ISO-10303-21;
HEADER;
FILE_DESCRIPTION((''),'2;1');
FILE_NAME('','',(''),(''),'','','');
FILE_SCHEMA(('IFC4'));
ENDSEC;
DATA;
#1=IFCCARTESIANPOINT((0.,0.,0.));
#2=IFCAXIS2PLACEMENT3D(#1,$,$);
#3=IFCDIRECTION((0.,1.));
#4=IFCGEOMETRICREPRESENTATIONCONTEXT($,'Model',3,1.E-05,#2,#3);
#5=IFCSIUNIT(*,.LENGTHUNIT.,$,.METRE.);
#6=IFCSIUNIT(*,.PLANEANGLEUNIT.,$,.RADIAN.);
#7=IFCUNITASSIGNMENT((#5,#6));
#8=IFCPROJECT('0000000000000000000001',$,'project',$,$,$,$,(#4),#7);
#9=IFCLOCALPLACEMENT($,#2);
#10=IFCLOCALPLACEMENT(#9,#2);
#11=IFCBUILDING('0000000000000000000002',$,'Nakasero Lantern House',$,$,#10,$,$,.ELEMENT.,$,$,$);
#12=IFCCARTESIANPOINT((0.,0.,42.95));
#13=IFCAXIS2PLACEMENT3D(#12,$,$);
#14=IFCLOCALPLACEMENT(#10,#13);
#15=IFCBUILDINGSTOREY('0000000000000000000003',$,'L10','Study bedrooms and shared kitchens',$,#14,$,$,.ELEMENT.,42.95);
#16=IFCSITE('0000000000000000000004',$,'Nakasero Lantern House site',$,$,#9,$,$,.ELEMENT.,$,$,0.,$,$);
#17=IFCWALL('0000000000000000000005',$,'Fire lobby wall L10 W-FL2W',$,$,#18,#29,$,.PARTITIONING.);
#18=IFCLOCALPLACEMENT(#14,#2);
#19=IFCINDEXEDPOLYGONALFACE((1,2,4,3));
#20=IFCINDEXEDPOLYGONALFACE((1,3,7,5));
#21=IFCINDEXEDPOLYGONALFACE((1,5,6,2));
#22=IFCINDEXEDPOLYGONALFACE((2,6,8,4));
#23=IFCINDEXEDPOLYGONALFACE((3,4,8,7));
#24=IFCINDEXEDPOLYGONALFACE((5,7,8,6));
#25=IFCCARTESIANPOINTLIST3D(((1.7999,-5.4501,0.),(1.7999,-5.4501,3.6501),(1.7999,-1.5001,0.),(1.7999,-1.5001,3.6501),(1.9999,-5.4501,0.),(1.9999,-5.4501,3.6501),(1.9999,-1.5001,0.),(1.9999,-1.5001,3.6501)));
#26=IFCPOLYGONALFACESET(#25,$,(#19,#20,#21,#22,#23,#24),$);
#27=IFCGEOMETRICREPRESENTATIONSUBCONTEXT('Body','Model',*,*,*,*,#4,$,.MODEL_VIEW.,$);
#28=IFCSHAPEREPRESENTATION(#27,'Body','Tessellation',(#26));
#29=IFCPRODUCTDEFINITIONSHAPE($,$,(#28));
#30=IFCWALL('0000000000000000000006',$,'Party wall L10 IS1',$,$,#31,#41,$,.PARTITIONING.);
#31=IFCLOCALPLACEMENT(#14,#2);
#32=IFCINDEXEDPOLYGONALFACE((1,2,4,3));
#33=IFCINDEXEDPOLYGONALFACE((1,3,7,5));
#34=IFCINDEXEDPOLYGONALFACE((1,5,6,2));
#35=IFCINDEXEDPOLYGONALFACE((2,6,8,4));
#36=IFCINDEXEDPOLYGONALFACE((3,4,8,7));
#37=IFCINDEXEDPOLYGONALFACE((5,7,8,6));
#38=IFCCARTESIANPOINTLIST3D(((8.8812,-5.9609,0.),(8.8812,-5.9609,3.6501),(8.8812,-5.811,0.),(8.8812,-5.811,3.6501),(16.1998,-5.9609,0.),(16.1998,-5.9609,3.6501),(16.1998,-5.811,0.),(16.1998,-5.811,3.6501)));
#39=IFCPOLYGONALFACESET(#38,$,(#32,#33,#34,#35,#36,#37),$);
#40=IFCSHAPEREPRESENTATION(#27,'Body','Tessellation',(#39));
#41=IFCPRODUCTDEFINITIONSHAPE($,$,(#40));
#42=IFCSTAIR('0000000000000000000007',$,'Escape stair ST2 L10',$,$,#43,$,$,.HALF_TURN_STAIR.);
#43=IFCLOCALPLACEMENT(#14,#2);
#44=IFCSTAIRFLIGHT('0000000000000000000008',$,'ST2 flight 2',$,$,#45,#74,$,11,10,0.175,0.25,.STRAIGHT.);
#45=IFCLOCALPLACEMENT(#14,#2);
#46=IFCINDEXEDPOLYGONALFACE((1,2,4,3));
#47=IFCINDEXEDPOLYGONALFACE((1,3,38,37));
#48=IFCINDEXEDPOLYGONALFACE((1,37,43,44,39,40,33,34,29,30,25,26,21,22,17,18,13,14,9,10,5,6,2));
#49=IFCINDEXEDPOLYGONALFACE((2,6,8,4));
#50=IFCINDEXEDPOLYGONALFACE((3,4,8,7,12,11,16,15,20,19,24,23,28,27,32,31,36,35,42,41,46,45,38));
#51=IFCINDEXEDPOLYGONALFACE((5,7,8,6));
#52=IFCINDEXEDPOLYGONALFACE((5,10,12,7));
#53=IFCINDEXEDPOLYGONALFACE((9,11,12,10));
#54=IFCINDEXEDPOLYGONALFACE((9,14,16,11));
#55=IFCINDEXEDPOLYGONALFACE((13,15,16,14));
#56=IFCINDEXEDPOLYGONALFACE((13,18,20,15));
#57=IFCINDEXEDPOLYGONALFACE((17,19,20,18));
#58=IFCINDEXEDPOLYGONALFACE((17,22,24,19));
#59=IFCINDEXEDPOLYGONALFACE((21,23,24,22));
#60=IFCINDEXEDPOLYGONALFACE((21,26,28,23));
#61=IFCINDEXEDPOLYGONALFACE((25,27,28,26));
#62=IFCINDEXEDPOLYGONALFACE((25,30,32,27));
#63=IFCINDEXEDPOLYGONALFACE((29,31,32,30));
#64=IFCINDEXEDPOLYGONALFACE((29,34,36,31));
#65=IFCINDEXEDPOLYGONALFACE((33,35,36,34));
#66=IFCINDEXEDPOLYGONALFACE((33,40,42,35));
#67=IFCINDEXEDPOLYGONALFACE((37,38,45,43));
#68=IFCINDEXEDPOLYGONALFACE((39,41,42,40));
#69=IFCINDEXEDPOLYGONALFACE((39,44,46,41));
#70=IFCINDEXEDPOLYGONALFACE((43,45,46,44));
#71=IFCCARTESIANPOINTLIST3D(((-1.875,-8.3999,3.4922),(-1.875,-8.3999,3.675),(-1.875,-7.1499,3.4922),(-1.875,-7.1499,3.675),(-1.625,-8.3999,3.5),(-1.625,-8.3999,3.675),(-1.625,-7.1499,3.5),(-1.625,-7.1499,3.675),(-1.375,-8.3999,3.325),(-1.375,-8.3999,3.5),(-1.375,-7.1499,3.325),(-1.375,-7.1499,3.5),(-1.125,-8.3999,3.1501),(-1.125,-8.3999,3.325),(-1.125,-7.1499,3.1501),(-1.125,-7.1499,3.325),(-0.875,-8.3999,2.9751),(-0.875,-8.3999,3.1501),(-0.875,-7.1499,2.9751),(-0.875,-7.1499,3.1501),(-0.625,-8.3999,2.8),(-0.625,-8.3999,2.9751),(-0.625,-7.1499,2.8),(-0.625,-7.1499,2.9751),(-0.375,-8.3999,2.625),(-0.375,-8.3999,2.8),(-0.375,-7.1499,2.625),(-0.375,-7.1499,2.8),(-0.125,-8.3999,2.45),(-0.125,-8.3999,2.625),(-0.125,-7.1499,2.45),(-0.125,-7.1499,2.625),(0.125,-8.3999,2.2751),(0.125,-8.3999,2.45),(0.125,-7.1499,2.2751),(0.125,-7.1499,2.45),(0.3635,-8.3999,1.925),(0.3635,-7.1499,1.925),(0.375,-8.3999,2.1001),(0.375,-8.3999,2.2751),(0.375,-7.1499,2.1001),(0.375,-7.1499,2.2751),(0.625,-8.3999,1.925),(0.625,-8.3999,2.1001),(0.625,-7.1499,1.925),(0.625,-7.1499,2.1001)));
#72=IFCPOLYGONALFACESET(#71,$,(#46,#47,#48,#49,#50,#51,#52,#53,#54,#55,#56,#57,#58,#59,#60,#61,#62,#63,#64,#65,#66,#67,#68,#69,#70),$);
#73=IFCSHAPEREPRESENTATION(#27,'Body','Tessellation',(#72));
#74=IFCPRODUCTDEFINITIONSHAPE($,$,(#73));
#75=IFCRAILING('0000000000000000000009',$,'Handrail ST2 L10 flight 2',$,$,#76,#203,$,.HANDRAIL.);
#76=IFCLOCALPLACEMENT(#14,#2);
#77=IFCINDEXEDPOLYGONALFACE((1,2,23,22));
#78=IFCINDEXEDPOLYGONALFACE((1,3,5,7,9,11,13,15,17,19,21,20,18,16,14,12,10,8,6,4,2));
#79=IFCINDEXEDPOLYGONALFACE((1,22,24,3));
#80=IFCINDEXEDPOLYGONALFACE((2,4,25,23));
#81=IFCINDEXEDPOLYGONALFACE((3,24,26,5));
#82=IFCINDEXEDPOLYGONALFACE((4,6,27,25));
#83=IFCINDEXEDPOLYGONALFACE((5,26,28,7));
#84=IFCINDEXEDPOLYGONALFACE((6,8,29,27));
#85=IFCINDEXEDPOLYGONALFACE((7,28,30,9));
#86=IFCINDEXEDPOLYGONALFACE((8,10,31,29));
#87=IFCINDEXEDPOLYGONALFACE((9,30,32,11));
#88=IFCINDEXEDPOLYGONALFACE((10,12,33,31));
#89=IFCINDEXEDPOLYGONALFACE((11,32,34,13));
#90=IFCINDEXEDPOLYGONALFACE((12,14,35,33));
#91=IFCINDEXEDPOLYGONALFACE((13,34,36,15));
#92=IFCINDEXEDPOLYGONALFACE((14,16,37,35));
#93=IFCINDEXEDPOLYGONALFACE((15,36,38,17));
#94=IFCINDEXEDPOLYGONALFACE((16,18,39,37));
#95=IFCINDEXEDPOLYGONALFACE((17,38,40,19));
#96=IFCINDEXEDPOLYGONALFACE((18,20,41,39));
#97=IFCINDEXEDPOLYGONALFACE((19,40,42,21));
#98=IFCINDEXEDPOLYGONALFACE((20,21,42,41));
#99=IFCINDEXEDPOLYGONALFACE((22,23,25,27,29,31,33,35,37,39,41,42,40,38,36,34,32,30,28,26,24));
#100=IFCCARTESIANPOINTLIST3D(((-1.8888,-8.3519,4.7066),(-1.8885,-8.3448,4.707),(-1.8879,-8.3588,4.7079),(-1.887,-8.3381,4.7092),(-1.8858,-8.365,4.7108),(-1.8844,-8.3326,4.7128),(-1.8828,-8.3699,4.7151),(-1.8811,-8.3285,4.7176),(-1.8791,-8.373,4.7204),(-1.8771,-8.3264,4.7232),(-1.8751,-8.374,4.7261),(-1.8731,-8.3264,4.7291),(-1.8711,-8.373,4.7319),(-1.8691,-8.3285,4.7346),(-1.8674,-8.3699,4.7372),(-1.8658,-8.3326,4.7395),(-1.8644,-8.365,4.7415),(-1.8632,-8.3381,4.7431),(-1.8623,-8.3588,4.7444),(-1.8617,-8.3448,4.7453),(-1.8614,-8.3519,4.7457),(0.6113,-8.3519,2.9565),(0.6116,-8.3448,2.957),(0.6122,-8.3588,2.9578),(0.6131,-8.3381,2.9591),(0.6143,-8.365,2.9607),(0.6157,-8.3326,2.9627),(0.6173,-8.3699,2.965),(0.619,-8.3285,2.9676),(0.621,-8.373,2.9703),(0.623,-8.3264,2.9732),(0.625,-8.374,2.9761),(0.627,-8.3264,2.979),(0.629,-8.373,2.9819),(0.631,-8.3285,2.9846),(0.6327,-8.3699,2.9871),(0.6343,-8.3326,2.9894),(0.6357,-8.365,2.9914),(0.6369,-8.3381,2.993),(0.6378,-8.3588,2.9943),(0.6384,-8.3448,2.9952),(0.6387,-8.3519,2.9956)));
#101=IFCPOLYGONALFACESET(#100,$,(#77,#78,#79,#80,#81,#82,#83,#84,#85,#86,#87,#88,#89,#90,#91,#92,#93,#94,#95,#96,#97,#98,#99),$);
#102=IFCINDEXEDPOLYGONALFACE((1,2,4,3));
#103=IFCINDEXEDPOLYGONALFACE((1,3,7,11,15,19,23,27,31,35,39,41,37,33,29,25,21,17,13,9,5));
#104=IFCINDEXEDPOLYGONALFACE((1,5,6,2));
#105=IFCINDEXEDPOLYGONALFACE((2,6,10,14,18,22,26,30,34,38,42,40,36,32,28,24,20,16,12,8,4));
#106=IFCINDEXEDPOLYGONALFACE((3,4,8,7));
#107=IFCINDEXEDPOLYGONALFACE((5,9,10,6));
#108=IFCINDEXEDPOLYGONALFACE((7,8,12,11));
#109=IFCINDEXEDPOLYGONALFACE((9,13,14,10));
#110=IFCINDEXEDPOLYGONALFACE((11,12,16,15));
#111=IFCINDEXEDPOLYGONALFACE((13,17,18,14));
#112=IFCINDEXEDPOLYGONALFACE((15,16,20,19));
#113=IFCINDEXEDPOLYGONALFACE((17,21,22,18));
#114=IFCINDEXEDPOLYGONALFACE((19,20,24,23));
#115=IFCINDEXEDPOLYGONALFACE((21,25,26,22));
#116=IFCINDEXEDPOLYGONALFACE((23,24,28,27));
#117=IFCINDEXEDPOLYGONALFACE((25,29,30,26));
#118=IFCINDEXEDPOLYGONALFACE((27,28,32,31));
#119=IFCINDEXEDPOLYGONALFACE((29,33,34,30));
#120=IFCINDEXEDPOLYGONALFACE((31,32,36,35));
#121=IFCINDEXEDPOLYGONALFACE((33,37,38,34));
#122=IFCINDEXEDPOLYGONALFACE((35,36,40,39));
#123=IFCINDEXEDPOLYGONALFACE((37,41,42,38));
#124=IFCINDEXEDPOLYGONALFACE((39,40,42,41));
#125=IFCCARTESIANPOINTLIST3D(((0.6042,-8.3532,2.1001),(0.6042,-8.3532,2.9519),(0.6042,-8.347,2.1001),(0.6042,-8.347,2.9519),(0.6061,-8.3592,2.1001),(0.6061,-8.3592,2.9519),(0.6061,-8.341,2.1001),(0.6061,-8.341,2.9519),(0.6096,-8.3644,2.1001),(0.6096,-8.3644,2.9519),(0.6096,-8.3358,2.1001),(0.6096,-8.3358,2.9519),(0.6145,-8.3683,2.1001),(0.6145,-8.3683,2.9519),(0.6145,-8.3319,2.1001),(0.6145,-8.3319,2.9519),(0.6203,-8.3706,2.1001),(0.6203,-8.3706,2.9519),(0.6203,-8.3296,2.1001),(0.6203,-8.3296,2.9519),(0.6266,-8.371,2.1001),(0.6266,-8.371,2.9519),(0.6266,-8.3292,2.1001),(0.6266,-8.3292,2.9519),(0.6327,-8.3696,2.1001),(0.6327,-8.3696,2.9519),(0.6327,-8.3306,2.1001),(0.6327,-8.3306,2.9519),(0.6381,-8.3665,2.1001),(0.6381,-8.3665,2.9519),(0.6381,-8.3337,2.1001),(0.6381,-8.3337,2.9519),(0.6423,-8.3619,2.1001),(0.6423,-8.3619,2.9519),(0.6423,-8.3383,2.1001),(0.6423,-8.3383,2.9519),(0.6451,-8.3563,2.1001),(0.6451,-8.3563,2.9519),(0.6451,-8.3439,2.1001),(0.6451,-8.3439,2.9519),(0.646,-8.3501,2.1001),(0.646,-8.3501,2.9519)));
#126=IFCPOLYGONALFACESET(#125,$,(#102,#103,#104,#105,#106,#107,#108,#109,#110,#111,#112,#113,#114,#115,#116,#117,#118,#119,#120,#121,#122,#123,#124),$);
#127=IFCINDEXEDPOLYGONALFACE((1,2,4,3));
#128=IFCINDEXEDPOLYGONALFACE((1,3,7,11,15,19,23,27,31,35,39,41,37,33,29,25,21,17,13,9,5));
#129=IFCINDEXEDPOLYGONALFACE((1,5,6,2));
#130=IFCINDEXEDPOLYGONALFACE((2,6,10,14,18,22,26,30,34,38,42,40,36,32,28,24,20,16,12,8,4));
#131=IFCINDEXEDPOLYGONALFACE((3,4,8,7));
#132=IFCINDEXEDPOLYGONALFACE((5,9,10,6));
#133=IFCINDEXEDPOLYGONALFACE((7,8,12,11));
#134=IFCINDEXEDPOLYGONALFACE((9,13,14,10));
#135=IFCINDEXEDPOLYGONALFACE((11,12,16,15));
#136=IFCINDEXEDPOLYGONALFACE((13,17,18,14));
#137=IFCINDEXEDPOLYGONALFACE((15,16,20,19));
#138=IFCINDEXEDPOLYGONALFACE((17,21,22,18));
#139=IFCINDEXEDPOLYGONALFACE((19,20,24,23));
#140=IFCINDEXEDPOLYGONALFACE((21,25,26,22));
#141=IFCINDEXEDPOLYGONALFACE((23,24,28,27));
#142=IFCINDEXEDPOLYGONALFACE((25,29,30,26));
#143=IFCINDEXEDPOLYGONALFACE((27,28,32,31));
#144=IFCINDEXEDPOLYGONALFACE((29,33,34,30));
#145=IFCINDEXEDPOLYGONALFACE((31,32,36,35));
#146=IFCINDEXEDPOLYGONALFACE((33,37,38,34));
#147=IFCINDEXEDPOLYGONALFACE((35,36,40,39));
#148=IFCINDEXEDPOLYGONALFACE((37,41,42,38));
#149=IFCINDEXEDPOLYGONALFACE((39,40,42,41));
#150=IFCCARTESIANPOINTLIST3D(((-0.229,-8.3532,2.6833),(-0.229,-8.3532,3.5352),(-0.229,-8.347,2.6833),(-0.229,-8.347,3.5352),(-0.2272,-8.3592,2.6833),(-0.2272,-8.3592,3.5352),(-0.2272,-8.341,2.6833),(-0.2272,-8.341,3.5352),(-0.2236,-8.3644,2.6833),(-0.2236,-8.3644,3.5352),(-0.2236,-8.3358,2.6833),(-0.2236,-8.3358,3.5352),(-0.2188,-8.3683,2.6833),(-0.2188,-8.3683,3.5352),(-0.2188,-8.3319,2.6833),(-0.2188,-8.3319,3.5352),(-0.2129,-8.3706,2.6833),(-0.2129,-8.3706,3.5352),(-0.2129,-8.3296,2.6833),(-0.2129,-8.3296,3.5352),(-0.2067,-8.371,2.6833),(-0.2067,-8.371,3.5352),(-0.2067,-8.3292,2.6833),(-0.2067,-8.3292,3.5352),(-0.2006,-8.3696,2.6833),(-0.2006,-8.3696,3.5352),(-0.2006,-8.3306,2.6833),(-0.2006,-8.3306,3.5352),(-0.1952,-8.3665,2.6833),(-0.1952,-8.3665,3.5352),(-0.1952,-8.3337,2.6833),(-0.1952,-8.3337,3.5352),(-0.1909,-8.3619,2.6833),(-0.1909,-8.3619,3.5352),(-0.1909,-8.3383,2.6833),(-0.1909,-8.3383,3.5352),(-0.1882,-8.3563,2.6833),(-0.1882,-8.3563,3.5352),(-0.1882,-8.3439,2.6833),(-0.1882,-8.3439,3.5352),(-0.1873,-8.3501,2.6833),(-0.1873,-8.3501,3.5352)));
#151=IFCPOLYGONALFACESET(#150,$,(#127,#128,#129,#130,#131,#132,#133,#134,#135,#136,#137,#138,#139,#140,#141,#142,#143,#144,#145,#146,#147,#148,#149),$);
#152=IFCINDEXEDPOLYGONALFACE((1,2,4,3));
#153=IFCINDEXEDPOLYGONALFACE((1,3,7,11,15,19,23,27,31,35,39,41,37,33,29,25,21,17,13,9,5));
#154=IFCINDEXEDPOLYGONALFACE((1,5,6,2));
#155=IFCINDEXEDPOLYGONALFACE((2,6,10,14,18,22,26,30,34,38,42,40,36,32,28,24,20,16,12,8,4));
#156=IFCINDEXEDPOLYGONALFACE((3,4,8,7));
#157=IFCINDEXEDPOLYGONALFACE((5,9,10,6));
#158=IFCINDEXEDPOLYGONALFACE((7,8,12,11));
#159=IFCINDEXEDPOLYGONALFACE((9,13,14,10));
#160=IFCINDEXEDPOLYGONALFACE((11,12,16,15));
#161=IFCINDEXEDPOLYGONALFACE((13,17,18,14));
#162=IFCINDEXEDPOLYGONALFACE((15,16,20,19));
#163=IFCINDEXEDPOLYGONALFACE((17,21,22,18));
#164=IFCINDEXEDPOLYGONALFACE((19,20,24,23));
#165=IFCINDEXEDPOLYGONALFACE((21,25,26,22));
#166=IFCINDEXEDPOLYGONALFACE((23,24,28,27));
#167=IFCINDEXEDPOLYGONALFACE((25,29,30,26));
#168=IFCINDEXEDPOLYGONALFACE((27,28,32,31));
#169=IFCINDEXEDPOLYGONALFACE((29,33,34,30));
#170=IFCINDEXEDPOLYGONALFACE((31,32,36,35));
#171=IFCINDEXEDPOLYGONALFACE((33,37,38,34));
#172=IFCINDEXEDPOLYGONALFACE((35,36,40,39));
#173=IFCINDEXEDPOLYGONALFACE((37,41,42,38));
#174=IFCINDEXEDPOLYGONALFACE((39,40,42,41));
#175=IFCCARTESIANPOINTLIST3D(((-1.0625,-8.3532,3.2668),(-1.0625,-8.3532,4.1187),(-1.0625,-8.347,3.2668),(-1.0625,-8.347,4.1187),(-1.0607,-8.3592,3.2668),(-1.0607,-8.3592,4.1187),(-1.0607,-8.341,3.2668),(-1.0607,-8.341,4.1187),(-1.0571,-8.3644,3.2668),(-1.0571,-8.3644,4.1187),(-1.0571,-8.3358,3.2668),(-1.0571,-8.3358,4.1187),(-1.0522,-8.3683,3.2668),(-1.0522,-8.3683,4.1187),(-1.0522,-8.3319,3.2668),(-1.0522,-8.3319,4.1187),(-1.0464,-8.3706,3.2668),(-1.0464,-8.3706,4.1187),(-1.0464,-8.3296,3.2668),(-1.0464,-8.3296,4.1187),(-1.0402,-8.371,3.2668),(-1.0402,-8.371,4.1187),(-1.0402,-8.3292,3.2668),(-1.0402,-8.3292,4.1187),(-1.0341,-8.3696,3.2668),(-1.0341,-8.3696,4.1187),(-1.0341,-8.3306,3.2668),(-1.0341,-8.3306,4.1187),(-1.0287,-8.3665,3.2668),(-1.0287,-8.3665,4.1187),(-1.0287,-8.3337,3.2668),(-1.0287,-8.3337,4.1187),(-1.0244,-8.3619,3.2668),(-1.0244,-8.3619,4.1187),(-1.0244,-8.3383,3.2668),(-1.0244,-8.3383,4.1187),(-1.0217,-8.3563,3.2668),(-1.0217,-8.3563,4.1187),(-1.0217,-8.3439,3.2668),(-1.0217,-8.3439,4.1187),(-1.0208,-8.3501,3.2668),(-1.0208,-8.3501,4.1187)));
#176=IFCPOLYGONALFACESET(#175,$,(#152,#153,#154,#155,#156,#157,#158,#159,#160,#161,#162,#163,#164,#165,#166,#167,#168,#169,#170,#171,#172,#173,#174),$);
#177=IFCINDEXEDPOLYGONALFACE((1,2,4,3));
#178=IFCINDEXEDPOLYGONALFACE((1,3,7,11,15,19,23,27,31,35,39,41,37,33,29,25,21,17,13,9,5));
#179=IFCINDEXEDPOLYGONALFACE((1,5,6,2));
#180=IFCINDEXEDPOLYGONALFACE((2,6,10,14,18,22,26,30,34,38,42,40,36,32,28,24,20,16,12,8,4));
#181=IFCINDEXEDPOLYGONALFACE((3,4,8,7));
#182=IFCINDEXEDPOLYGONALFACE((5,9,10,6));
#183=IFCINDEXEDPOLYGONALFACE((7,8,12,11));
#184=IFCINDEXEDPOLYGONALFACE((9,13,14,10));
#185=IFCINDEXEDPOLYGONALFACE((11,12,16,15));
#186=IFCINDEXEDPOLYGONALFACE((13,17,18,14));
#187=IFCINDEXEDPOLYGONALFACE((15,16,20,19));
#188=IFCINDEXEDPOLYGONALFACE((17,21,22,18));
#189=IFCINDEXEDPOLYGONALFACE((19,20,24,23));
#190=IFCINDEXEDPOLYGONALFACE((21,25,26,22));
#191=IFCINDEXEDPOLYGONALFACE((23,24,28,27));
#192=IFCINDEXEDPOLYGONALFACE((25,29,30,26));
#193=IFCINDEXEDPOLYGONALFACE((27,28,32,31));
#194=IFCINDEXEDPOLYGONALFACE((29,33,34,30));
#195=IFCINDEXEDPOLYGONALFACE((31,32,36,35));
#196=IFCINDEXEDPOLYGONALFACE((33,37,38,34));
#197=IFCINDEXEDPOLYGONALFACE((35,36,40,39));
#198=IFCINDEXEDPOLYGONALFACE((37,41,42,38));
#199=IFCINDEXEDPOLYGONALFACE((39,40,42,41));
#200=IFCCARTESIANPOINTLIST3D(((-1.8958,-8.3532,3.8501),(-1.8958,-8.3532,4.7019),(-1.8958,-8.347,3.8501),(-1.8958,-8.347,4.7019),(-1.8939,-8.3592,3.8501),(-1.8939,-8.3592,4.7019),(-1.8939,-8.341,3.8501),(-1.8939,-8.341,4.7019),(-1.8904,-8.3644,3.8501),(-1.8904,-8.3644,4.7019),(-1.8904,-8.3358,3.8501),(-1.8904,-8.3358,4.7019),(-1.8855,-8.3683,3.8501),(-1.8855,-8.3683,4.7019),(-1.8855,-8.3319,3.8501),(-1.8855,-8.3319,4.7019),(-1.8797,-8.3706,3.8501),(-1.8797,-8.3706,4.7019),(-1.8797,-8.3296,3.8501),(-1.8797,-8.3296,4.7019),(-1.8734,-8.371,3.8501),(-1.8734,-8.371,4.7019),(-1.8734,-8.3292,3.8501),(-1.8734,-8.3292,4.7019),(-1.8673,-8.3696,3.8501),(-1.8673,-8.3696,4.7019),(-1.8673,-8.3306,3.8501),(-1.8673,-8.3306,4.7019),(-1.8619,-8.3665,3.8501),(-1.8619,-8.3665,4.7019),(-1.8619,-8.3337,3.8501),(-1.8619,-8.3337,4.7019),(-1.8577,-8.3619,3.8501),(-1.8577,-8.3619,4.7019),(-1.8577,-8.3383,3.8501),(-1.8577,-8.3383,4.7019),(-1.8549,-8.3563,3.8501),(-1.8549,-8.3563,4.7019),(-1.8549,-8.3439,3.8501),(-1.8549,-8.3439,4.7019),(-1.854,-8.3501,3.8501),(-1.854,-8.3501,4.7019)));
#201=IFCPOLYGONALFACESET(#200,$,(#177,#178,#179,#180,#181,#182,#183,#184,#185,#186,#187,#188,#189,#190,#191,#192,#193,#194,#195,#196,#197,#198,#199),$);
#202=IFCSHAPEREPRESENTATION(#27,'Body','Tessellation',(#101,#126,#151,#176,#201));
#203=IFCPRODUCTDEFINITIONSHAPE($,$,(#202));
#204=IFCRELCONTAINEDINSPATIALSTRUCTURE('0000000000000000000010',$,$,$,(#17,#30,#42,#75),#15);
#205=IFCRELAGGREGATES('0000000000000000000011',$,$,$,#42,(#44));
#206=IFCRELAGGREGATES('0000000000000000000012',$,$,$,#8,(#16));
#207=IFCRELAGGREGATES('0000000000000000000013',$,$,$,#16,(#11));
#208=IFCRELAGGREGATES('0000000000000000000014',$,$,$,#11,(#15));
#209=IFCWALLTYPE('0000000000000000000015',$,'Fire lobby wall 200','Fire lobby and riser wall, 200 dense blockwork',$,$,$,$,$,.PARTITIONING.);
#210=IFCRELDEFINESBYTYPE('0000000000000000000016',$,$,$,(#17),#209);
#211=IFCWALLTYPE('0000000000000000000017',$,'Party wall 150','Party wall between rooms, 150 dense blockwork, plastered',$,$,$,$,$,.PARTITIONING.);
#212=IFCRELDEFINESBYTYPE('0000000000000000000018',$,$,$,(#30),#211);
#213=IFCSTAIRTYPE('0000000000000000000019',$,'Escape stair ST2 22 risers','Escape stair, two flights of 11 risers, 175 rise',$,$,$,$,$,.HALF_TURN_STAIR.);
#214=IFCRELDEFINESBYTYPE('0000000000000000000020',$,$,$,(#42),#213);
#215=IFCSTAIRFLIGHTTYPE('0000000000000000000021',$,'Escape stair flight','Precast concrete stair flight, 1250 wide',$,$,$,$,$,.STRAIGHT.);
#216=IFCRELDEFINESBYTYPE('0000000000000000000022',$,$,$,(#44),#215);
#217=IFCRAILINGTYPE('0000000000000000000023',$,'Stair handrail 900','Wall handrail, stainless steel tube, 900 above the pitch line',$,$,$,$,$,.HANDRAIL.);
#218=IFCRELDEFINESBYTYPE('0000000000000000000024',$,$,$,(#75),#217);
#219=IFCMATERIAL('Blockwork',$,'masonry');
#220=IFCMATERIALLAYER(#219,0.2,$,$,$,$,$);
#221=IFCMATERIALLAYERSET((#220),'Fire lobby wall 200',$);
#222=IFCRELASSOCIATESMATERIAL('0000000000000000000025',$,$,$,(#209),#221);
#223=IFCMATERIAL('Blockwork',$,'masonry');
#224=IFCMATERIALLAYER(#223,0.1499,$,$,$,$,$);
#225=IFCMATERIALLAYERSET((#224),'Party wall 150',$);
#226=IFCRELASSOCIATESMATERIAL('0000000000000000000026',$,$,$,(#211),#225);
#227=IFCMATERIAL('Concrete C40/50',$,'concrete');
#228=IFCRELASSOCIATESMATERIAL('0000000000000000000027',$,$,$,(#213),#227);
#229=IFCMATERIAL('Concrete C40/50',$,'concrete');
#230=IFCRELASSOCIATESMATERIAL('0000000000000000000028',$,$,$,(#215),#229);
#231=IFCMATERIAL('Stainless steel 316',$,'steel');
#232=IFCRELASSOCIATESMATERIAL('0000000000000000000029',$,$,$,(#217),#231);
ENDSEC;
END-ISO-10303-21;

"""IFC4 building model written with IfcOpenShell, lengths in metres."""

from ifc_helpers import new_model, si_unit, direction, frame, frame_2d, origin, origin_2d, place, context, subcontext, project, spatial, polyline, rectangle, circle, outline, extrude, material, layer, layer_set, type_object, element, aggregate, save


model = new_model("IFC4")

# Units and contexts
model_context = context("Model", 3, precision=1e-05, world=origin(), true_north=direction((0.0, 1.0)))
body_context = subcontext(model_context, "Body", "Model", "MODEL_VIEW")
ifc_project = project(units=[si_unit("LENGTHUNIT", "METRE"), si_unit("PLANEANGLEUNIT", "RADIAN")], contexts=[model_context])

# Site, building, storey
site_placement = place(None, origin())
site = spatial("IfcSite", under=ifc_project, at=site_placement, Name="Nakasero Lantern House site", CompositionType="ELEMENT", RefElevation=0.0)
building_placement = place(site_placement, origin())
building = spatial("IfcBuilding", under=site, at=building_placement, Name="Nakasero Lantern House", CompositionType="ELEMENT")
storey_placement = place(building_placement, frame((0.0, 0.0, 42.95)))
storey = spatial("IfcBuildingStorey", under=building, at=storey_placement, Name="L10", Description="Study bedrooms and shared kitchens", CompositionType="ELEMENT", Elevation=42.95)

# Shared definitions
ifc_material_1 = material(Name="Blockwork", Category="masonry")
ifc_layer_1 = layer(ifc_material_1, 0.2)
ifc_layer_set_1 = layer_set([ifc_layer_1], Name="Fire lobby wall 200")
wall_type_1 = type_object("IfcWallType", Name="Fire lobby wall 200", Description="Fire lobby and riser wall, 200 dense blockwork", PredefinedType="PARTITIONING", material=ifc_layer_set_1)

# Walls
wall_1_placement = place(storey_placement, frame((1.8999, -1.5, 0.0), z_axis=(0.0, 0.0, 1.0), x_axis=(0.0, -1.0, 0.0)))
element("IfcWall", 1, at=wall_1_placement, inside=storey, type_object=wall_type_1, Name="Fire lobby wall L10 W-FL2W", PredefinedType="PARTITIONING", context=body_context, shape_type="SweptSolid", body=[
    extrude(rectangle(XDim=3.95, YDim=0.2, at=frame_2d((1.9751, 0.0))), origin(), (0.0, 0.0, 1.0), 3.6501),
])
ifc_material_2 = material(Name="Blockwork", Category="masonry")
ifc_layer_2 = layer(ifc_material_2, 0.1499)
ifc_layer_set_2 = layer_set([ifc_layer_2], Name="Party wall 150")
wall_type_2 = type_object("IfcWallType", Name="Party wall 150", Description="Party wall between rooms, 150 dense blockwork, plastered", PredefinedType="PARTITIONING", material=ifc_layer_set_2)
wall_2_placement = place(storey_placement, frame((8.8813, -5.886, 0.0), z_axis=(0.0, 0.0, 1.0), x_axis=(1.0, 0.0, 0.0)))
element("IfcWall", 2, at=wall_2_placement, inside=storey, type_object=wall_type_2, Name="Party wall L10 IS1", PredefinedType="PARTITIONING", context=body_context, shape_type="SweptSolid", body=[
    extrude(rectangle(XDim=7.3186, YDim=0.1499, at=frame_2d((3.6592, 0.0))), origin(), (0.0, 0.0, 1.0), 3.6501),
])

# Stair, stair flight
ifc_material_3 = material(Name="Concrete C40/50", Category="concrete")
stair_type_1 = type_object("IfcStairType", Name="Escape stair ST2 22 risers", Description="Escape stair, two flights of 11 risers, 175 rise", PredefinedType="HALF_TURN_STAIR", material=ifc_material_3)
stair_1_placement = place(storey_placement, origin())
stair_1 = element("IfcStair", 3, at=stair_1_placement, inside=storey, type_object=stair_type_1, Name="Escape stair ST2 L10", PredefinedType="HALF_TURN_STAIR")
ifc_material_4 = material(Name="Concrete C40/50", Category="concrete")
stair_flight_type = type_object("IfcStairFlightType", Name="Escape stair flight", Description="Precast concrete stair flight, 1250 wide", PredefinedType="STRAIGHT", material=ifc_material_4)
stair_flight_placement = place(storey_placement, frame((0.625, -7.7749, 1.925), z_axis=(0.0, 0.0, 1.0), x_axis=(-1.0, 0.0, 0.0)))
stair_flight = element("IfcStairFlight", 4, at=stair_flight_placement, type_object=stair_flight_type, Name="ST2 flight 2", NumberOfRisers=11, NumberOfTreads=10, PredefinedType="STRAIGHT", RiserHeight=0.175, TreadLength=0.25, context=body_context, shape_type="SweptSolid", body=[
    extrude(outline(polyline([(0.0, 0.0), (0.0, 0.175), (0.25, 0.175), (0.25, 0.3501), (0.5, 0.3501), (0.5, 0.5249), (0.75, 0.5249), (0.75, 0.7), (1.0, 0.7), (1.0, 0.875), (1.25, 0.875), (1.25, 1.05), (1.5, 1.05), (1.5, 1.2251), (1.75, 1.2251), (1.75, 1.3999), (2.0, 1.3999), (2.0, 1.575), (2.25, 1.575), (2.25, 1.75), (2.5, 1.75), (2.5, 1.925), (2.5, 1.5671), (0.2615, 0.0), (0.0, 0.0)])), frame((0.0, 0.625, 0.0), z_axis=(0.0, -1.0, 0.0), x_axis=(1.0, 0.0, 0.0)), (0.0, 0.0, 1.0), 1.25),
])
aggregate(stair_1, [stair_flight])

# Railing
ifc_material_5 = material(Name="Stainless steel 316", Category="steel")
railing_type = type_object("IfcRailingType", Name="Stair handrail 900", Description="Wall handrail, stainless steel tube, 900 above the pitch line", PredefinedType="HANDRAIL", material=ifc_material_5)
railing_placement = place(storey_placement, frame((0.625, -8.3501, 2.1001)))
element("IfcRailing", 5, at=railing_placement, inside=storey, type_object=railing_type, Name="Handrail ST2 L10 flight 2", PredefinedType="HANDRAIL", context=body_context, shape_type="SweptSolid", body=[
    extrude(circle(Radius=0.0239, at=origin_2d()), frame((0.0, 0.0, 0.876), z_axis=(-0.819232, 0.0, 0.573462), x_axis=(0.0, -1.0, 0.0)), (0.0, 0.0, 1.0), 3.0518),
    extrude(circle(Radius=0.021, at=origin_2d()), origin(), (0.0, 0.0, 1.0), 0.8518),
    extrude(circle(Radius=0.021, at=origin_2d()), frame((-0.8333, 0.0, 0.5833)), (0.0, 0.0, 1.0), 0.8518),
    extrude(circle(Radius=0.021, at=origin_2d()), frame((-1.6667, 0.0, 1.1667)), (0.0, 0.0, 1.0), 0.8518),
    extrude(circle(Radius=0.021, at=origin_2d()), frame((-2.5, 0.0, 1.75)), (0.0, 0.0, 1.0), 0.8518),
])

save(model, "model.ifc")
